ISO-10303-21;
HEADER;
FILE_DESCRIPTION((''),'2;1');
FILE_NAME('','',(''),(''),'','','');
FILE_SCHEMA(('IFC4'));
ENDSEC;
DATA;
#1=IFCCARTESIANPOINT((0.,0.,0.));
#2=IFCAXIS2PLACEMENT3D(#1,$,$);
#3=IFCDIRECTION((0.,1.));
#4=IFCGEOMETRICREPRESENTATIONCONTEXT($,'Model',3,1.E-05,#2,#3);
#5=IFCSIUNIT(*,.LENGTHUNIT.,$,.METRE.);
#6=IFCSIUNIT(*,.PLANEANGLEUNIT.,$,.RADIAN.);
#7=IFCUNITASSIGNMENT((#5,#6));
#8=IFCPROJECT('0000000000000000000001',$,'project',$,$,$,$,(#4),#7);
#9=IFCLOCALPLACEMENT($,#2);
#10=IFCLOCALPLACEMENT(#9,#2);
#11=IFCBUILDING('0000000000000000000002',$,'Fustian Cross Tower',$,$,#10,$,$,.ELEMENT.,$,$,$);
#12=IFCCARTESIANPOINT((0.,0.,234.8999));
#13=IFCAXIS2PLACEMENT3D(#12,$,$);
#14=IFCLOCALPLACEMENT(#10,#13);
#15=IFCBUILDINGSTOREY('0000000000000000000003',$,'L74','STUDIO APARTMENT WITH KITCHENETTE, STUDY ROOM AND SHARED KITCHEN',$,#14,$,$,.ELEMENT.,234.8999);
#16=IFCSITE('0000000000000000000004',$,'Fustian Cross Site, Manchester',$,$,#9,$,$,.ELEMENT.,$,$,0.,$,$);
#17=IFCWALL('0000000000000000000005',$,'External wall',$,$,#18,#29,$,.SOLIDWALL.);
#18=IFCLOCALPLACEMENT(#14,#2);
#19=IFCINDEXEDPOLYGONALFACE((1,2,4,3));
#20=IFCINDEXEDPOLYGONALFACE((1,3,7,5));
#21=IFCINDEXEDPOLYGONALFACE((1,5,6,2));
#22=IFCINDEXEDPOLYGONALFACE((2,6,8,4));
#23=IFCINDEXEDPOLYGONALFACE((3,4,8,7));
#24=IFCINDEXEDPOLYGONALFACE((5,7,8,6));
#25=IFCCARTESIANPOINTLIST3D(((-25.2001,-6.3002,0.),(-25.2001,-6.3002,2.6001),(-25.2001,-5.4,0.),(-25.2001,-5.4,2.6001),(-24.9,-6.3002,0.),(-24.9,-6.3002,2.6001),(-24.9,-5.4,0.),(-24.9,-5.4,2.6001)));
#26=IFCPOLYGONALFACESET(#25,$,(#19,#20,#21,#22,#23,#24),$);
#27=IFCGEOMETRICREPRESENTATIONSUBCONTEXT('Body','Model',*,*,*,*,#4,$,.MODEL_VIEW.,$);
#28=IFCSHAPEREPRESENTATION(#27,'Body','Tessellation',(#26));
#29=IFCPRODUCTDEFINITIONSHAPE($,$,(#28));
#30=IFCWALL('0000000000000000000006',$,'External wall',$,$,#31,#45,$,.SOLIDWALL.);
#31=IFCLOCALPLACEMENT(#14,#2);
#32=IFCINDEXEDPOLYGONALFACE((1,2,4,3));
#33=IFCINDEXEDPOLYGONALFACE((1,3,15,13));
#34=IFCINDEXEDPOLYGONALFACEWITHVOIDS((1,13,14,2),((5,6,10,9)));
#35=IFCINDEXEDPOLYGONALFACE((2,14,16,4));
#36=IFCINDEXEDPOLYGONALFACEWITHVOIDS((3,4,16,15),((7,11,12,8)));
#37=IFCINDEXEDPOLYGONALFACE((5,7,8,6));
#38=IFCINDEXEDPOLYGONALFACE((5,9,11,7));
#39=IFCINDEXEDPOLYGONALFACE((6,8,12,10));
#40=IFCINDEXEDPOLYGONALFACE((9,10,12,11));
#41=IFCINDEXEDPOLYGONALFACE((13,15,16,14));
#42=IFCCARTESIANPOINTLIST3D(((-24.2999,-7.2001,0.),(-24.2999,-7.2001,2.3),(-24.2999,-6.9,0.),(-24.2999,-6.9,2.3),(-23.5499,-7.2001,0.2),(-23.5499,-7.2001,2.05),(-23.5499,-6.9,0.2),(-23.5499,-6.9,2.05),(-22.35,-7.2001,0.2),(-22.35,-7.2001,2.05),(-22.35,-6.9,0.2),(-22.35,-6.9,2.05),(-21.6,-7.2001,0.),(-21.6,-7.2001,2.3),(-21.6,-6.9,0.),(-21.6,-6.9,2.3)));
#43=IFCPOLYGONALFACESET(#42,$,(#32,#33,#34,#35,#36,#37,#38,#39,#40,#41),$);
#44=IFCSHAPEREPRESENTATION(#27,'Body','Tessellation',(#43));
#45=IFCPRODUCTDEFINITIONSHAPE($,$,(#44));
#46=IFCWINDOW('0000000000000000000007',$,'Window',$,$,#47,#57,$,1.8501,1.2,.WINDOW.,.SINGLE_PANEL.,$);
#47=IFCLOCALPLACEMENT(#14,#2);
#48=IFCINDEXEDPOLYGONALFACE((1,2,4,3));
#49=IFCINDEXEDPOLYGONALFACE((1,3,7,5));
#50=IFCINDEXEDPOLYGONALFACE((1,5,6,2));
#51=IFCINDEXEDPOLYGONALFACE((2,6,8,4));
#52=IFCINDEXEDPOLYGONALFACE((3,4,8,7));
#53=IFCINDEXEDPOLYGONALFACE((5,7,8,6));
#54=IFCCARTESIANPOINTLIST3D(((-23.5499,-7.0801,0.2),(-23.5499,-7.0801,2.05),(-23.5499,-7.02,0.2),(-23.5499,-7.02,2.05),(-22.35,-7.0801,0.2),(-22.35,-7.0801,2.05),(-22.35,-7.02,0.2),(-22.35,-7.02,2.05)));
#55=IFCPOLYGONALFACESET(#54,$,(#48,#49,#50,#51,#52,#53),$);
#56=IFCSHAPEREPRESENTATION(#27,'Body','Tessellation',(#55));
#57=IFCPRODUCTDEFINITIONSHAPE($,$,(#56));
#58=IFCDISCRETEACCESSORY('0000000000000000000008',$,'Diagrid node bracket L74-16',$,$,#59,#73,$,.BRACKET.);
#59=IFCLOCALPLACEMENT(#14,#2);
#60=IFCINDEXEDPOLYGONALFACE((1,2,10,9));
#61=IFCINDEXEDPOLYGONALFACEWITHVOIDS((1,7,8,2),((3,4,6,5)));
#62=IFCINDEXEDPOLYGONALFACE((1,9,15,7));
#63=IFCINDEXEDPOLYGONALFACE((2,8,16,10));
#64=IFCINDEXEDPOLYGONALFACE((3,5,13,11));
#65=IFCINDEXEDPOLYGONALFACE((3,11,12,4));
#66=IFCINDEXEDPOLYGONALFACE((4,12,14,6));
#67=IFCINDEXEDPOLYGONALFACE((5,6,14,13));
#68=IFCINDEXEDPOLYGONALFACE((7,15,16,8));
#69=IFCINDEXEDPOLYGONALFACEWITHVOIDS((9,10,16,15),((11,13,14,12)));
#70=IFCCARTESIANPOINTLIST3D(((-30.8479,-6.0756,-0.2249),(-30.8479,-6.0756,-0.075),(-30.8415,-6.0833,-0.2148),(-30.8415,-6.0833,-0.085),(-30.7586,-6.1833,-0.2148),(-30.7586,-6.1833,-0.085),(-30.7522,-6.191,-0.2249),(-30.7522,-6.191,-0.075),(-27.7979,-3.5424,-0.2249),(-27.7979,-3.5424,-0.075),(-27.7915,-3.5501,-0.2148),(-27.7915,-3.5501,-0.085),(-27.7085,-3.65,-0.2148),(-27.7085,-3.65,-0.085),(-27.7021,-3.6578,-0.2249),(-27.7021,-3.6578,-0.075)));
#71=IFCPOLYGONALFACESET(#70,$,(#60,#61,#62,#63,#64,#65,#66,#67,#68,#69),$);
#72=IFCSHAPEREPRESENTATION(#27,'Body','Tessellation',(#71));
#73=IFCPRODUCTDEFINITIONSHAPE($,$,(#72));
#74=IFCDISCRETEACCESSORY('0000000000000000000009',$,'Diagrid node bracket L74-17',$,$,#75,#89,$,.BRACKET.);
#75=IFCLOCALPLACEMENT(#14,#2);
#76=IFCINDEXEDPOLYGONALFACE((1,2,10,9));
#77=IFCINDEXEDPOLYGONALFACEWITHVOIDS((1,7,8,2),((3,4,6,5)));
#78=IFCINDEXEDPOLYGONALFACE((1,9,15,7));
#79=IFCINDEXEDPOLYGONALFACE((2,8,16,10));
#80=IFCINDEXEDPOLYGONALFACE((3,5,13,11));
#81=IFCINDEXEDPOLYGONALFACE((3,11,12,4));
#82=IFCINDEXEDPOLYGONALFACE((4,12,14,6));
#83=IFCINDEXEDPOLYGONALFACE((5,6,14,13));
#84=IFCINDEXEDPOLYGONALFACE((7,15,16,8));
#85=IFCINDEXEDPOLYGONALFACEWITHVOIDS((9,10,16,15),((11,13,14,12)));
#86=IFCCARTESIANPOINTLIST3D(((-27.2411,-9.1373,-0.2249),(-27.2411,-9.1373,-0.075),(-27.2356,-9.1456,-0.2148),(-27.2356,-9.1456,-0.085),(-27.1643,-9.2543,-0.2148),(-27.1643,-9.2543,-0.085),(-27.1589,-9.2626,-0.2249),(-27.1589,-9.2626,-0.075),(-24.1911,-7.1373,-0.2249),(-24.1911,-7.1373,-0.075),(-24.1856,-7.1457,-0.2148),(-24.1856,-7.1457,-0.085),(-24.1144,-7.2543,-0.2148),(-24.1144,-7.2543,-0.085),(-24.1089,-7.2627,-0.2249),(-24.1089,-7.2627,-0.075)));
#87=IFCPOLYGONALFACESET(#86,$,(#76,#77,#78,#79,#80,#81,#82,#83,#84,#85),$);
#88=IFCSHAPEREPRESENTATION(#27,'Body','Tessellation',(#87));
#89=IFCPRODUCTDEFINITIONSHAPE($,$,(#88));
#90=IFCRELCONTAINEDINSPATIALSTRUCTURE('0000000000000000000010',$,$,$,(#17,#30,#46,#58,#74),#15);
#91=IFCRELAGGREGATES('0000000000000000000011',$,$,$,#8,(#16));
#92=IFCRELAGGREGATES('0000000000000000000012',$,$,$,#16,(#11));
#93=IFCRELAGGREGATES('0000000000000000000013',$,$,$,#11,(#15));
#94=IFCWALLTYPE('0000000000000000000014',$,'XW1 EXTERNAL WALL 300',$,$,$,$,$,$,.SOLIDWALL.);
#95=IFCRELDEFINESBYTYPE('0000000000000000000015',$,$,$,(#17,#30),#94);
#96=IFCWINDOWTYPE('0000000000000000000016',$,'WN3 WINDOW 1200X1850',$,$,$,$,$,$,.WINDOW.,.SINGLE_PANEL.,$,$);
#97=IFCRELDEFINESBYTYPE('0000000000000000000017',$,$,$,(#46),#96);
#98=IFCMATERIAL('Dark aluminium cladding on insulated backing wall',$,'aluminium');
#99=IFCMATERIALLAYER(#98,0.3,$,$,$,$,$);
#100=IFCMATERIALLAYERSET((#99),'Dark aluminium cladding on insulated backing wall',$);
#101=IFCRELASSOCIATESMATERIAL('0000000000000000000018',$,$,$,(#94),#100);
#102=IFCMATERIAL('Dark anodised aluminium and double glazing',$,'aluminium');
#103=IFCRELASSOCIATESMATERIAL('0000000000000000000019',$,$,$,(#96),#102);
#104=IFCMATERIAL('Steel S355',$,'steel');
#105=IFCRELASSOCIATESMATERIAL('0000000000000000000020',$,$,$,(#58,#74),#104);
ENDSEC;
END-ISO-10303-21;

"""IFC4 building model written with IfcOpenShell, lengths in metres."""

from ifc_helpers import new_model, si_unit, direction, frame, frame_2d, origin, origin_2d, place, context, subcontext, project, spatial, rectangle, hollow_rectangle, extrude, material, layer, layer_set, type_object, element, fill, save


model = new_model("IFC4")

# Units and contexts
model_context = context("Model", 3, precision=1e-05, world=origin(), true_north=direction((0.0, 1.0)))
body_context = subcontext(model_context, "Body", "Model", "MODEL_VIEW")
ifc_project = project(units=[si_unit("LENGTHUNIT", "METRE"), si_unit("PLANEANGLEUNIT", "RADIAN")], contexts=[model_context])

# Site, building, storey
site_placement = place(None, origin())
site = spatial("IfcSite", under=ifc_project, at=site_placement, Name="Fustian Cross Site, Manchester", CompositionType="ELEMENT", RefElevation=0.0)
building_placement = place(site_placement, origin())
building = spatial("IfcBuilding", under=site, at=building_placement, Name="Fustian Cross Tower", CompositionType="ELEMENT")
storey_placement = place(building_placement, frame((0.0, 0.0, 234.8999)))
storey = spatial("IfcBuildingStorey", under=building, at=storey_placement, Name="L74", Description="STUDIO APARTMENT WITH KITCHENETTE, STUDY ROOM AND SHARED KITCHEN", CompositionType="ELEMENT", Elevation=234.8999)

# Shared definitions
ifc_material_1 = material(Name="Dark aluminium cladding on insulated backing wall", Category="aluminium")
ifc_layer_1 = layer(ifc_material_1, 0.3)
ifc_layer_set_1 = layer_set([ifc_layer_1], Name="Dark aluminium cladding on insulated backing wall")
wall_type_1 = type_object("IfcWallType", Name="XW1 EXTERNAL WALL 300", PredefinedType="SOLIDWALL", material=ifc_layer_set_1)

# Shared definitions
ifc_material_2 = material(Name="Dark anodised aluminium and double glazing", Category="aluminium")
window_type = type_object("IfcWindowType", Name="WN3 WINDOW 1200X1850", PartitioningType="SINGLE_PANEL", PredefinedType="WINDOW", material=ifc_material_2)

# Wall
wall_1_placement = place(storey_placement, frame((-25.05, -5.3999, 0.0), z_axis=(0.0, 0.0, 1.0), x_axis=(0.0, -1.0, 0.0)))
element("IfcWall", 1, at=wall_1_placement, inside=storey, type_object=wall_type_1, Name="External wall", PredefinedType="SOLIDWALL", context=body_context, shape_type="SweptSolid", body=[
    extrude(rectangle(XDim=0.9001, YDim=0.3, at=frame_2d((0.4502, 0.0))), origin(), (0.0, 0.0, 1.0), 2.6001),
])

# Wall, opening, window
wall_2_placement = place(storey_placement, frame((-24.3, -7.05, 0.0), z_axis=(0.0, 0.0, 1.0), x_axis=(1.0, 0.0, 0.0)))
wall_2 = element("IfcWall", 2, at=wall_2_placement, inside=storey, type_object=wall_type_1, Name="External wall", PredefinedType="SOLIDWALL", context=body_context, shape_type="SweptSolid", body=[
    extrude(rectangle(XDim=2.7, YDim=0.3, at=frame_2d((1.3501, 0.0))), origin(), (0.0, 0.0, 1.0), 2.3),
])
opening_1_placement = place(wall_2_placement, frame((0.75, 0.0, 0.2)))
opening_1 = element("IfcOpeningElement", 3, at=opening_1_placement, cuts=wall_2, PredefinedType="OPENING", context=body_context, shape_type="SweptSolid", body=[
    extrude(rectangle(XDim=1.2, YDim=1.8501, at=frame_2d((0.6001, 0.925))), frame((0.0, 0.1599, 0.0), z_axis=(0.0, -1.0, 0.0), x_axis=(1.0, 0.0, 0.0)), (0.0, 0.0, 1.0), 0.3201),
])
window_1_placement = place(opening_1_placement, origin())
window_1 = element("IfcWindow", 4, at=window_1_placement, inside=storey, type_object=window_type, Name="Window", OverallHeight=1.8501, OverallWidth=1.2, PartitioningType="SINGLE_PANEL", PredefinedType="WINDOW", context=body_context, shape_type="SweptSolid", body=[
    extrude(rectangle(XDim=1.2, YDim=1.8501, at=frame_2d((0.6001, 0.925))), frame((0.0, 0.03, 0.0), z_axis=(0.0, -1.0, 0.0), x_axis=(1.0, 0.0, 0.0)), (0.0, 0.0, 1.0), 0.0601),
])
fill(opening_1, window_1)

# Discrete accessories
ifc_material_3 = material(Name="Steel S355", Category="steel")
discrete_accessory_1_placement = place(storey_placement, frame((-30.8, -6.1333, -0.1499), z_axis=(0.769275, 0.638918, 0.0), x_axis=(-0.638918, 0.769275, 0.0)))
element("IfcDiscreteAccessory", 5, at=discrete_accessory_1_placement, inside=storey, material=ifc_material_3, Name="Diagrid node bracket L74-16", PredefinedType="BRACKET", context=body_context, shape_type="SweptSolid", body=[
    extrude(hollow_rectangle(XDim=0.1499, YDim=0.1499, WallThickness=0.01, at=origin_2d()), origin(), (0.0, 0.0, 1.0), 3.9648),
])
discrete_accessory_2_placement = place(storey_placement, frame((-27.2, -9.2, -0.1499), z_axis=(0.836248, 0.548351, 0.0), x_axis=(-0.548351, 0.836248, 0.0)))
element("IfcDiscreteAccessory", 6, at=discrete_accessory_2_placement, inside=storey, material=ifc_material_3, Name="Diagrid node bracket L74-17", PredefinedType="BRACKET", context=body_context, shape_type="SweptSolid", body=[
    extrude(hollow_rectangle(XDim=0.1499, YDim=0.1499, WallThickness=0.01, at=origin_2d()), origin(), (0.0, 0.0, 1.0), 3.6472),
])

save(model, "model.ifc")
